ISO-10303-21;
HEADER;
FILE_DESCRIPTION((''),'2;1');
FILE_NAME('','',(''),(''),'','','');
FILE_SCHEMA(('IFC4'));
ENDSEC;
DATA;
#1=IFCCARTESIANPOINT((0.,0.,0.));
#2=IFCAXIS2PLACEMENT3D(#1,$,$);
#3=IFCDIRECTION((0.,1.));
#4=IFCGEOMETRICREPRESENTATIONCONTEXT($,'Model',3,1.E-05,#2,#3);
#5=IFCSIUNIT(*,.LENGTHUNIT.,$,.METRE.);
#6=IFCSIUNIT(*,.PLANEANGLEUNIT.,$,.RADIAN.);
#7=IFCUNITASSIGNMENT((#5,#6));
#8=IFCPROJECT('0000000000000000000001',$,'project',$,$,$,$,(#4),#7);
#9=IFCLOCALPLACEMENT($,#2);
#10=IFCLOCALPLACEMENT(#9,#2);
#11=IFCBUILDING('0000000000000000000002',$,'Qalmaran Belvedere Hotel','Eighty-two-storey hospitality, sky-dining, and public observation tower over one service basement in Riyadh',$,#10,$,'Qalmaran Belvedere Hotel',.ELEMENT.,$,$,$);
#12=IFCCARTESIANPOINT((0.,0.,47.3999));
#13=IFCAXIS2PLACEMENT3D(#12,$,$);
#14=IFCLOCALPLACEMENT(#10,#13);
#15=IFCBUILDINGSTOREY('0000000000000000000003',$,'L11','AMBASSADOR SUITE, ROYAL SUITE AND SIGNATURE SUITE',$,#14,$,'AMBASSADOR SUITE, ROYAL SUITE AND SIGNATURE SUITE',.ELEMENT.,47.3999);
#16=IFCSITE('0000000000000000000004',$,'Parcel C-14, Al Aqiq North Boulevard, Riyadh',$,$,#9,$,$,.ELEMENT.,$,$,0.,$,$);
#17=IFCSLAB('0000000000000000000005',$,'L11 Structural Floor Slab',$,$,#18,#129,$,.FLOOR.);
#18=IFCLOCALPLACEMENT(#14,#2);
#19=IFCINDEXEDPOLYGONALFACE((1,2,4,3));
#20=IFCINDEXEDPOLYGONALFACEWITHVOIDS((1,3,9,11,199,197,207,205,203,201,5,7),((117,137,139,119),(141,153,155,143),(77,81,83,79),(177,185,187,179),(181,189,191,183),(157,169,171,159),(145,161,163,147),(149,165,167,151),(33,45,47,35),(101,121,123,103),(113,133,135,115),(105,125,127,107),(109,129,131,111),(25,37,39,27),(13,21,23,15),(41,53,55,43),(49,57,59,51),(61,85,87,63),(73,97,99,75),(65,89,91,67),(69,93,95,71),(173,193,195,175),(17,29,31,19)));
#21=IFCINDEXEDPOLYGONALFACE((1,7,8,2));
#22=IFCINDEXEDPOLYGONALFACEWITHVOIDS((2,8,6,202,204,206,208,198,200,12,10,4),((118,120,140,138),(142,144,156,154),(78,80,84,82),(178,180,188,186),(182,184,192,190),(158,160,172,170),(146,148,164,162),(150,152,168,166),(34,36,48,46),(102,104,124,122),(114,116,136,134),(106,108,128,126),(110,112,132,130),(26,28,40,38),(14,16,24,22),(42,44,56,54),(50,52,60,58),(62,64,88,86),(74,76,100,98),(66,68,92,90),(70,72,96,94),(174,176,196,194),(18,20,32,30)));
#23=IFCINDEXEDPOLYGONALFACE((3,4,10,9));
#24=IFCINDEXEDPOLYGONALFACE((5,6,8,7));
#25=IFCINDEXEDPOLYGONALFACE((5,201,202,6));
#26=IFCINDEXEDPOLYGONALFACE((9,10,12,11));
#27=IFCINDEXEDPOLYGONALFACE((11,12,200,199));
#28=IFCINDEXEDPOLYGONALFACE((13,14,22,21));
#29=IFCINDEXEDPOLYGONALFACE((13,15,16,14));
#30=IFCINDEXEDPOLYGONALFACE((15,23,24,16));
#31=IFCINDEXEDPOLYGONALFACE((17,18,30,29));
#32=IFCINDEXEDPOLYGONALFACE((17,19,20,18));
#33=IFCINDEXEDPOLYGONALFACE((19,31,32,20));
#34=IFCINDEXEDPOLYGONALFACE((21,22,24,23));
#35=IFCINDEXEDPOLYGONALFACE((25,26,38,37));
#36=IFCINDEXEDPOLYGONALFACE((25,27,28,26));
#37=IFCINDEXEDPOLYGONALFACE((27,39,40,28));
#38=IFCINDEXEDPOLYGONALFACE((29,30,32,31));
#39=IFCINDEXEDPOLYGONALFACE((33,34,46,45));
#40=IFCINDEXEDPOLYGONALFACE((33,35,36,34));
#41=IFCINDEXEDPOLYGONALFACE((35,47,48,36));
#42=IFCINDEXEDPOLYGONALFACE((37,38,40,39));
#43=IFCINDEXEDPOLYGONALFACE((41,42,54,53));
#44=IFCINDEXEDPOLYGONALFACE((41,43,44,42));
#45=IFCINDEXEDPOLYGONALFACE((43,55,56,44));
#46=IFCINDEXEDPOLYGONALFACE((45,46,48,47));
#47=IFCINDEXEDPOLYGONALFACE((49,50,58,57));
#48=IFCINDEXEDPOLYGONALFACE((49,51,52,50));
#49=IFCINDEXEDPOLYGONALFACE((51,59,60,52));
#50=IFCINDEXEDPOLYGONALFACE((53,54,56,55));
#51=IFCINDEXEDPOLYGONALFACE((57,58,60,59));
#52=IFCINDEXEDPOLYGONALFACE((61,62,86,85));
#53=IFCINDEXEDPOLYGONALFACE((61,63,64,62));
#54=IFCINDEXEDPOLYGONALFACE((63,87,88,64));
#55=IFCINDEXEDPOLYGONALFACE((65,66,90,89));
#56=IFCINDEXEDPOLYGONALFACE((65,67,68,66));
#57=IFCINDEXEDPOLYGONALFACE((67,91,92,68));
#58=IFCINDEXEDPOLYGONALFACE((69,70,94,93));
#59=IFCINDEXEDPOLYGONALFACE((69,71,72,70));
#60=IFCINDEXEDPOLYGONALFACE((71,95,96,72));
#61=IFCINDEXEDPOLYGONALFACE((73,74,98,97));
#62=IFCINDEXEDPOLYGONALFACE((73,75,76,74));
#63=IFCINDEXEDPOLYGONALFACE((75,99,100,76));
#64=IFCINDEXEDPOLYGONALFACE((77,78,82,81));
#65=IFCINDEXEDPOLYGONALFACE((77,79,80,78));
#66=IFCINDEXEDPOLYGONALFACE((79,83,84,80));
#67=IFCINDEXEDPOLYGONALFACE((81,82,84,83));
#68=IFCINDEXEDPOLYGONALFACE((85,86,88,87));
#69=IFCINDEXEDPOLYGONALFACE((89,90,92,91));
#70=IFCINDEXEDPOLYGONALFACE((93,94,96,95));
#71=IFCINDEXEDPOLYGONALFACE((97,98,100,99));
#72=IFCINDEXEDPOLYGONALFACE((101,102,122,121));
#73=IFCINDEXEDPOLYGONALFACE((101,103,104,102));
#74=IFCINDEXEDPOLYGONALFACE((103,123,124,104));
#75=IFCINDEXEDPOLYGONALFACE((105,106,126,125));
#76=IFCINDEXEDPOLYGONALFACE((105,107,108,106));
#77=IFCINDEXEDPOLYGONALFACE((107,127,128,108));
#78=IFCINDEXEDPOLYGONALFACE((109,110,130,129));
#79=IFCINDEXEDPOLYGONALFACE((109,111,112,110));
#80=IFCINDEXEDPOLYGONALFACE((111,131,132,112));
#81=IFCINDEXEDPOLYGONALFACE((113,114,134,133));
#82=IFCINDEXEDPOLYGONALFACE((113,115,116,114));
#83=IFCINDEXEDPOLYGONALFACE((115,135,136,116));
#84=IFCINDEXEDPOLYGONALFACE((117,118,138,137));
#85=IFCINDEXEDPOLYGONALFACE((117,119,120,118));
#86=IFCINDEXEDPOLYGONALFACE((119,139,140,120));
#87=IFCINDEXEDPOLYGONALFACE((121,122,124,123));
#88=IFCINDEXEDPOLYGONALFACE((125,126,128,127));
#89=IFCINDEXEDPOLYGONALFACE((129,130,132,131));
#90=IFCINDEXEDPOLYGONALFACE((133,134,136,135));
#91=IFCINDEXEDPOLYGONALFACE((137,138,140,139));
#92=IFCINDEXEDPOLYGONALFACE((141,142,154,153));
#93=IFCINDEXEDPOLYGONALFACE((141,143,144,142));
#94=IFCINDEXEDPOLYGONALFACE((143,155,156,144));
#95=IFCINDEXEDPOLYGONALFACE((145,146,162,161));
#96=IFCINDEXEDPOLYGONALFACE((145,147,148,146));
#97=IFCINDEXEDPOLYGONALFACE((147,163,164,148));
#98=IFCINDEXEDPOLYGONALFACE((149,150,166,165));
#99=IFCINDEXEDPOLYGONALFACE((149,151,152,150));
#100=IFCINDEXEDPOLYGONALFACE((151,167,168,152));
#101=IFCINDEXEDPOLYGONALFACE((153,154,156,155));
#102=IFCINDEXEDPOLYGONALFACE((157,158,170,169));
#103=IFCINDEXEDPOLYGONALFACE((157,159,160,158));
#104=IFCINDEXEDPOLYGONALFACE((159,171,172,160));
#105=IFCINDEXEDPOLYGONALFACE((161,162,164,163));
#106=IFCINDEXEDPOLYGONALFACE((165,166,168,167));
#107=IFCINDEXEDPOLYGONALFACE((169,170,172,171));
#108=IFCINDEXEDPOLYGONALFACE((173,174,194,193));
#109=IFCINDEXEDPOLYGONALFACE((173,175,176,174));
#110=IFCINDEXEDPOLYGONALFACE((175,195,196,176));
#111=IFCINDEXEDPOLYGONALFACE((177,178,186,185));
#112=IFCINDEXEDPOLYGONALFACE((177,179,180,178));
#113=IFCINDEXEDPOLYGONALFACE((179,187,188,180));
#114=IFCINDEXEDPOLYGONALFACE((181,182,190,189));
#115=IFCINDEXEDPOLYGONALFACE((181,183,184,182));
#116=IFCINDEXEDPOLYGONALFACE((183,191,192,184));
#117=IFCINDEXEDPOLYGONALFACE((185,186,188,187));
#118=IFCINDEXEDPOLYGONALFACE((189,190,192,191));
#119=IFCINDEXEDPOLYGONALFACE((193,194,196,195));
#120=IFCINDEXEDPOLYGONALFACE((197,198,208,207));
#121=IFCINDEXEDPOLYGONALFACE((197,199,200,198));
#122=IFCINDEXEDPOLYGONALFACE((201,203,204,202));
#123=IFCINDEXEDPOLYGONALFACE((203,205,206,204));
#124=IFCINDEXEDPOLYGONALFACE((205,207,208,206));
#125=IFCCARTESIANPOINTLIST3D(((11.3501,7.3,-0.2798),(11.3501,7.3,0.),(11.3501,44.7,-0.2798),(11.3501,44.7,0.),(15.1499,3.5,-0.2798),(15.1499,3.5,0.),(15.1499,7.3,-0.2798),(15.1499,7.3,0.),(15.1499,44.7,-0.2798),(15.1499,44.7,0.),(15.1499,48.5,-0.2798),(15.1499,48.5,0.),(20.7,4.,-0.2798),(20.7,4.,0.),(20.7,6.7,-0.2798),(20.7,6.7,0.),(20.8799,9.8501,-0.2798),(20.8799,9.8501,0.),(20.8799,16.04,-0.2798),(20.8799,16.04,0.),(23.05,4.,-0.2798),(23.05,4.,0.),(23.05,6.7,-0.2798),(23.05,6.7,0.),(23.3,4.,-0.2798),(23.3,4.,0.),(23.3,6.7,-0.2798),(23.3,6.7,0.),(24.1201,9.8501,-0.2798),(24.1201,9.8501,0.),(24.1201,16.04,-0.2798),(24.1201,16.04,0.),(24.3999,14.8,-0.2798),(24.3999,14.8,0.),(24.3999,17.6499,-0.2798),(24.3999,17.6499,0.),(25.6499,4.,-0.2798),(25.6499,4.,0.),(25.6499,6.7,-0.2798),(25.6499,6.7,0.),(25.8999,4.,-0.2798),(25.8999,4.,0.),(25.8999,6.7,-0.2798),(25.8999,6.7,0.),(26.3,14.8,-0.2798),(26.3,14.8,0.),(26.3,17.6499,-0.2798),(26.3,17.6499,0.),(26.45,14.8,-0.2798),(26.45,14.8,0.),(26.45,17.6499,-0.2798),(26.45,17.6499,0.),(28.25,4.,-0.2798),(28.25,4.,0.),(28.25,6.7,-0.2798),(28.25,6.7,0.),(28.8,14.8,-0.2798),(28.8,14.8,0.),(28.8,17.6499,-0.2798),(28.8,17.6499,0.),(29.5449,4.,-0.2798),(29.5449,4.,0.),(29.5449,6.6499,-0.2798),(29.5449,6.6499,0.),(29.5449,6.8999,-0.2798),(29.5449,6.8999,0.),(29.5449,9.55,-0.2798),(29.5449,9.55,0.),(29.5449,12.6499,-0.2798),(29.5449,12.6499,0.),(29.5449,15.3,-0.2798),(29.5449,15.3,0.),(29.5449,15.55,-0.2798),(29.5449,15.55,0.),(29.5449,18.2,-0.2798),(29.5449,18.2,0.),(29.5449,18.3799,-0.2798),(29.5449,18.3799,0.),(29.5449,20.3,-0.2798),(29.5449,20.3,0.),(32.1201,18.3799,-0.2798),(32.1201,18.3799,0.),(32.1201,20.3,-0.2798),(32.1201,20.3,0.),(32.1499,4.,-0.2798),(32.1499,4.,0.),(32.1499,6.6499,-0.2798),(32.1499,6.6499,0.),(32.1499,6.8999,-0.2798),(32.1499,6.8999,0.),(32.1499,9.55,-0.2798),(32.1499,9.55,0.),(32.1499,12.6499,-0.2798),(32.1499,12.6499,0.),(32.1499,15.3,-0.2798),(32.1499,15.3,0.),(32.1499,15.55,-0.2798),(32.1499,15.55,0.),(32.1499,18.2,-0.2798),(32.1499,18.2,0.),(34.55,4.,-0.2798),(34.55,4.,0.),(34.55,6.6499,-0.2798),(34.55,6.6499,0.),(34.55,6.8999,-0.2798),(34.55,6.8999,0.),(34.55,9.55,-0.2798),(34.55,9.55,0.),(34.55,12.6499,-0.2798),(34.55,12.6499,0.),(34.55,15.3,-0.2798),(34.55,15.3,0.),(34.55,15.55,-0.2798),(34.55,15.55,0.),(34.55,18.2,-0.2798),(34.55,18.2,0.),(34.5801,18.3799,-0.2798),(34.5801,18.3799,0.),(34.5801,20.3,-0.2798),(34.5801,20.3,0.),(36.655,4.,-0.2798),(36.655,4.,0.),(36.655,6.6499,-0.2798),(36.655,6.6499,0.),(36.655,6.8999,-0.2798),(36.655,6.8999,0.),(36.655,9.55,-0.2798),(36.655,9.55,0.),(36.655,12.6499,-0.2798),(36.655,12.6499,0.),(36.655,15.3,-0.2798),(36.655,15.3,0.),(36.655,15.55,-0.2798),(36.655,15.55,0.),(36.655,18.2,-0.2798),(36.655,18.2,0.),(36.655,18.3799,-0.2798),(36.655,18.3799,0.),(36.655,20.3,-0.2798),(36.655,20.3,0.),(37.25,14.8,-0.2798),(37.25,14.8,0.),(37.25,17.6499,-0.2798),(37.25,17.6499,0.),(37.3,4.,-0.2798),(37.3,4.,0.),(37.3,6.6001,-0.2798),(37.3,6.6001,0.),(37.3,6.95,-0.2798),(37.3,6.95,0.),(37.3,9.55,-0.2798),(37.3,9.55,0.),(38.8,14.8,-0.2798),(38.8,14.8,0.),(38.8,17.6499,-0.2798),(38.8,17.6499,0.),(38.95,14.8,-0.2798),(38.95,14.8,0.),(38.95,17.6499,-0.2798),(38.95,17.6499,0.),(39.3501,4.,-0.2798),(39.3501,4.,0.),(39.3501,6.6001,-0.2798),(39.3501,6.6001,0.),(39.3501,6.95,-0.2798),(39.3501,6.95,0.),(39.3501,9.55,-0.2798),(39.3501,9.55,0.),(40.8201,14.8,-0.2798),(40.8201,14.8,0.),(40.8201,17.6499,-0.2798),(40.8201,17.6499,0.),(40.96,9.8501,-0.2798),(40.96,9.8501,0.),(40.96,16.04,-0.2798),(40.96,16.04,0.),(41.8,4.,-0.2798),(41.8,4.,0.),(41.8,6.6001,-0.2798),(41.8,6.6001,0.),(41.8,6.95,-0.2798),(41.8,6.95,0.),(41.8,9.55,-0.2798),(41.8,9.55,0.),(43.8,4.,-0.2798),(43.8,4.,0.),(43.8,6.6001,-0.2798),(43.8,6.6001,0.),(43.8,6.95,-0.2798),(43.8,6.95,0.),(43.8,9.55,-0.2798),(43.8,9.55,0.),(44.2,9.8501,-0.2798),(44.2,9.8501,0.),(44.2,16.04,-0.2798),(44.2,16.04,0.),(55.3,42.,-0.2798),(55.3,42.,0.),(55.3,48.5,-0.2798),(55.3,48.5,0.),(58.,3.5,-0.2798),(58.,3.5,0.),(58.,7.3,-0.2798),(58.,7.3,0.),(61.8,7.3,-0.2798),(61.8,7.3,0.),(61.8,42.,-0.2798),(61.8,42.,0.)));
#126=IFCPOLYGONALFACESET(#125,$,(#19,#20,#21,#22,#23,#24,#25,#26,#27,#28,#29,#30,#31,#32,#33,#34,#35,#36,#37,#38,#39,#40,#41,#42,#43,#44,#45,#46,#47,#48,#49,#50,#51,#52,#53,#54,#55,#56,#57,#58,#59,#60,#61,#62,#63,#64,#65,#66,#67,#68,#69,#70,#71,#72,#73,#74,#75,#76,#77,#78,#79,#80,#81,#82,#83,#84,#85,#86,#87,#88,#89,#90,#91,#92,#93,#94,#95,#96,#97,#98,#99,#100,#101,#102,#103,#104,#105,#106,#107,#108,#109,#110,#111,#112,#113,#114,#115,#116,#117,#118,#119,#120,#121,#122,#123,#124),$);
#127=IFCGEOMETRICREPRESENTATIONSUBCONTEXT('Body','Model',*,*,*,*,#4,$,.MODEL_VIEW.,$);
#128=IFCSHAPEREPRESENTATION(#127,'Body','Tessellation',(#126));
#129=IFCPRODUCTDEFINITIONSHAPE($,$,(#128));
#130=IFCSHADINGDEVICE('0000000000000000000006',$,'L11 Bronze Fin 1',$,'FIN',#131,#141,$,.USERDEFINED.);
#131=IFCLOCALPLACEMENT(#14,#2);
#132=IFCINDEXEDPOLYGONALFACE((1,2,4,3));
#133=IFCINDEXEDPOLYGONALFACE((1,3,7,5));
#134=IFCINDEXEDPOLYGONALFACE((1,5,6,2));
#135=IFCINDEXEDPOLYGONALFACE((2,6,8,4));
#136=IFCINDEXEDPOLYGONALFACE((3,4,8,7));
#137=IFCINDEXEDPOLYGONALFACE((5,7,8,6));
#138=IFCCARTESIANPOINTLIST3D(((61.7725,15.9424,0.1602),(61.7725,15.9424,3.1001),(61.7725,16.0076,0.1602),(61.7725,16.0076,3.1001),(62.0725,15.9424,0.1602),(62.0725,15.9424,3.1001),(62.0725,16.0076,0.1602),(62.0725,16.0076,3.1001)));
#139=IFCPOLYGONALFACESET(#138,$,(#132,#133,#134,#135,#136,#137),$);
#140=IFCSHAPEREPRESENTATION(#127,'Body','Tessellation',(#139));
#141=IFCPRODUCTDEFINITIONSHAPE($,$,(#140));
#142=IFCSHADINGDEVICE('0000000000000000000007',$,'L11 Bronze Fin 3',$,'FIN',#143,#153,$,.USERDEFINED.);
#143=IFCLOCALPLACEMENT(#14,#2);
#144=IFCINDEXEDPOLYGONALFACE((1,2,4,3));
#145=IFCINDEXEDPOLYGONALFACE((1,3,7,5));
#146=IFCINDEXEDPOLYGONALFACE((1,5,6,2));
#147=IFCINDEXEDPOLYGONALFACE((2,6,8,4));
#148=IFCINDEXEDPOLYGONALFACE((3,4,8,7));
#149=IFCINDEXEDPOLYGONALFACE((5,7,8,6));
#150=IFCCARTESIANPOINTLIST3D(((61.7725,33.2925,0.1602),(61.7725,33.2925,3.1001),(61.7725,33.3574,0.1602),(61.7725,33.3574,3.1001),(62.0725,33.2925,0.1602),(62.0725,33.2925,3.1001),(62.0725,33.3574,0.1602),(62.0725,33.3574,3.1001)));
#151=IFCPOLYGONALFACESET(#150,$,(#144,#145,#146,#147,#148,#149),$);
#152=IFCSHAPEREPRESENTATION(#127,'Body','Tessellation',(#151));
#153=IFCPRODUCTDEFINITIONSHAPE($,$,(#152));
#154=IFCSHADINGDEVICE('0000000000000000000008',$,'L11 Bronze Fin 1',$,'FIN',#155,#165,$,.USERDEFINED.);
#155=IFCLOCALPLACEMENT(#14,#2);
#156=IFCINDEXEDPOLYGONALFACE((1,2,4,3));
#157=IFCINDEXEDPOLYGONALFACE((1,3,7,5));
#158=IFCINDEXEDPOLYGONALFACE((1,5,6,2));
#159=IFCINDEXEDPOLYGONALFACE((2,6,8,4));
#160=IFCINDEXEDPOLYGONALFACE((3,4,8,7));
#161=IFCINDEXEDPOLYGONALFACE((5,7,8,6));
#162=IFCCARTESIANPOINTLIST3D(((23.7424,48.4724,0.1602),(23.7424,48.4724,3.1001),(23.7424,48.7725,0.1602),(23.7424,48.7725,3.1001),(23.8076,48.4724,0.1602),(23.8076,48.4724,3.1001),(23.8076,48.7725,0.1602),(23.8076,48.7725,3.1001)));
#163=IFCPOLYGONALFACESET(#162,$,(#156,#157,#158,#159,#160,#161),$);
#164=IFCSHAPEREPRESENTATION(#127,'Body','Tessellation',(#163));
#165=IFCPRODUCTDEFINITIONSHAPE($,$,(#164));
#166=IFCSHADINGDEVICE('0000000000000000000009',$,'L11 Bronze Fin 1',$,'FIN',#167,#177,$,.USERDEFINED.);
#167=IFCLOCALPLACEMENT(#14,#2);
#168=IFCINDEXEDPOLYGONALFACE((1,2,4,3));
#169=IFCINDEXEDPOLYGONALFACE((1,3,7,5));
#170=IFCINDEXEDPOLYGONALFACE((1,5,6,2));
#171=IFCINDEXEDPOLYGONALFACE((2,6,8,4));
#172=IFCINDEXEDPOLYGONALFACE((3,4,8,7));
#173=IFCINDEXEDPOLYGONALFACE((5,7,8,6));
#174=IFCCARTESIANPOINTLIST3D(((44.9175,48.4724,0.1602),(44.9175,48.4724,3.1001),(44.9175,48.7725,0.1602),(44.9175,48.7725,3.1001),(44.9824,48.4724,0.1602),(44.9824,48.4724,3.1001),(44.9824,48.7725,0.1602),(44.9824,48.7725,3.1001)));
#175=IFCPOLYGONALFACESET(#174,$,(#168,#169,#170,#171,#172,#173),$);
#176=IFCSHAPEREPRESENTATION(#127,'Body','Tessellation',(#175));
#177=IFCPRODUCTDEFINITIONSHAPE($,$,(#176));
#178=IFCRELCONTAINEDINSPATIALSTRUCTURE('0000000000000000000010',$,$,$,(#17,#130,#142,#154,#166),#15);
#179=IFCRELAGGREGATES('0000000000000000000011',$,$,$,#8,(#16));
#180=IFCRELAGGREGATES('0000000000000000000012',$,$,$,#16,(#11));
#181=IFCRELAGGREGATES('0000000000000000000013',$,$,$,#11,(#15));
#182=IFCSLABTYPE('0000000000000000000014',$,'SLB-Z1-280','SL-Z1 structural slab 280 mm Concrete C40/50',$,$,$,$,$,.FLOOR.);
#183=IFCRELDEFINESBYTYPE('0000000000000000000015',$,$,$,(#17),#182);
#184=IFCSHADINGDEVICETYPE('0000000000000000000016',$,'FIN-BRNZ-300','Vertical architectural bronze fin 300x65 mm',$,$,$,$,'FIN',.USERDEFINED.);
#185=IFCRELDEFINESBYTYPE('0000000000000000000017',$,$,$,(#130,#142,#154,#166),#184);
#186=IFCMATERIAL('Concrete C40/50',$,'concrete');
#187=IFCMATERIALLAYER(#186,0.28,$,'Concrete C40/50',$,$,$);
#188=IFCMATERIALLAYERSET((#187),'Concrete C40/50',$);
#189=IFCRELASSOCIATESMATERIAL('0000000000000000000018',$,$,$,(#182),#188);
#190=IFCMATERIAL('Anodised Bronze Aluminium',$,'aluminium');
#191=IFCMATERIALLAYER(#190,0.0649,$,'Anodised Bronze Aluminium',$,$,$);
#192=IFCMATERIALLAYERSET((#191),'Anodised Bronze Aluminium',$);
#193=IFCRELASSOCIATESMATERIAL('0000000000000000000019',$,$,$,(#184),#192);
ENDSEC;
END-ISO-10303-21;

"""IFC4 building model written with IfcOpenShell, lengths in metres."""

from ifc_helpers import new_model, si_unit, direction, frame, origin, place, context, subcontext, project, spatial, polyline, outline, extrude, material, layer, layer_set, type_object, element, save


model = new_model("IFC4")

# Units and contexts
model_context = context("Model", 3, precision=1e-05, world=origin(), true_north=direction((0.0, 1.0)))
body_context = subcontext(model_context, "Body", "Model", "MODEL_VIEW")
ifc_project = project(units=[si_unit("LENGTHUNIT", "METRE"), si_unit("PLANEANGLEUNIT", "RADIAN")], contexts=[model_context])

# Site, building, storey
site_placement = place(None, origin())
site = spatial("IfcSite", under=ifc_project, at=site_placement, Name="Parcel C-14, Al Aqiq North Boulevard, Riyadh", CompositionType="ELEMENT", RefElevation=0.0)
building_placement = place(site_placement, origin())
building = spatial("IfcBuilding", under=site, at=building_placement, Name="Qalmaran Belvedere Hotel", Description="Eighty-two-storey hospitality, sky-dining, and public observation tower over one service basement in Riyadh", LongName="Qalmaran Belvedere Hotel", CompositionType="ELEMENT")
storey_placement = place(building_placement, frame((0.0, 0.0, 47.3999)))
storey = spatial("IfcBuildingStorey", under=building, at=storey_placement, Name="L11", Description="AMBASSADOR SUITE, ROYAL SUITE AND SIGNATURE SUITE", LongName="AMBASSADOR SUITE, ROYAL SUITE AND SIGNATURE SUITE", CompositionType="ELEMENT", Elevation=47.3999)

# Shared definitions
ifc_material_1 = material(Name="Anodised Bronze Aluminium", Category="aluminium")

# Shared definitions
ifc_material_2 = material(Name="Concrete C40/50", Category="concrete")

# Slab
ifc_layer_1 = layer(ifc_material_2, 0.28, Name="Concrete C40/50")
ifc_layer_set_1 = layer_set([ifc_layer_1], Name="Concrete C40/50")
slab_type_1 = type_object("IfcSlabType", Name="SLB-Z1-280", Description="SL-Z1 structural slab 280 mm Concrete C40/50", PredefinedType="FLOOR", material=ifc_layer_set_1)
slab_1_placement = place(storey_placement, frame((0.0, 0.0, -0.2798)))
element("IfcSlab", 1, at=slab_1_placement, inside=storey, type_object=slab_type_1, Name="L11 Structural Floor Slab", PredefinedType="FLOOR", context=body_context, shape_type="SweptSolid", body=[
    extrude(outline(polyline([(15.1499, 3.5), (58.0, 3.5), (58.0, 7.3), (61.8, 7.3), (61.8, 42.0), (55.3, 42.0), (55.3, 48.5), (15.1499, 48.5), (15.1499, 44.7), (11.3501, 44.7), (11.3501, 7.3), (15.1499, 7.3), (15.1499, 3.5)]), holes=[polyline([(20.8799, 9.8501), (24.1201, 9.8501), (24.1201, 16.04), (20.8799, 16.04), (20.8799, 9.8501)]), polyline([(40.96, 9.8501), (44.2, 9.8501), (44.2, 16.04), (40.96, 16.04), (40.96, 9.8501)]), polyline([(29.5449, 4.0), (32.1499, 4.0), (32.1499, 6.6499), (29.5449, 6.6499), (29.5449, 4.0)]), polyline([(29.5449, 6.8999), (32.1499, 6.8999), (32.1499, 9.55), (29.5449, 9.55), (29.5449, 6.8999)]), polyline([(34.55, 4.0), (36.655, 4.0), (36.655, 6.6499), (34.55, 6.6499), (34.55, 4.0)]), polyline([(34.55, 6.8999), (36.655, 6.8999), (36.655, 9.55), (34.55, 9.55), (34.55, 6.8999)]), polyline([(29.5449, 12.6499), (32.1499, 12.6499), (32.1499, 15.3), (29.5449, 15.3), (29.5449, 12.6499)]), polyline([(29.5449, 15.55), (32.1499, 15.55), (32.1499, 18.2), (29.5449, 18.2), (29.5449, 15.55)]), polyline([(34.55, 12.6499), (36.655, 12.6499), (36.655, 15.3), (34.55, 15.3), (34.55, 12.6499)]), polyline([(34.55, 15.55), (36.655, 15.55), (36.655, 18.2), (34.55, 18.2), (34.55, 15.55)]), polyline([(37.3, 4.0), (39.3501, 4.0), (39.3501, 6.6001), (37.3, 6.6001), (37.3, 4.0)]), polyline([(37.3, 6.95), (39.3501, 6.95), (39.3501, 9.55), (37.3, 9.55), (37.3, 6.95)]), polyline([(41.8, 4.0), (43.8, 4.0), (43.8, 6.6001), (41.8, 6.6001), (41.8, 4.0)]), polyline([(41.8, 6.95), (43.8, 6.95), (43.8, 9.55), (41.8, 9.55), (41.8, 6.95)]), polyline([(20.7, 4.0), (23.05, 4.0), (23.05, 6.7), (20.7, 6.7), (20.7, 4.0)]), polyline([(23.3, 4.0), (25.6499, 4.0), (25.6499, 6.7), (23.3, 6.7), (23.3, 4.0)]), polyline([(25.8999, 4.0), (28.25, 4.0), (28.25, 6.7), (25.8999, 6.7), (25.8999, 4.0)]), polyline([(24.3999, 14.8), (26.3, 14.8), (26.3, 17.6499), (24.3999, 17.6499), (24.3999, 14.8)]), polyline([(38.95, 14.8), (40.8201, 14.8), (40.8201, 17.6499), (38.95, 17.6499), (38.95, 14.8)]), polyline([(26.45, 14.8), (28.8, 14.8), (28.8, 17.6499), (26.45, 17.6499), (26.45, 14.8)]), polyline([(37.25, 14.8), (38.8, 14.8), (38.8, 17.6499), (37.25, 17.6499), (37.25, 14.8)]), polyline([(29.5449, 18.3799), (32.1201, 18.3799), (32.1201, 20.3), (29.5449, 20.3), (29.5449, 18.3799)]), polyline([(34.5801, 18.3799), (36.655, 18.3799), (36.655, 20.3), (34.5801, 20.3), (34.5801, 18.3799)])]), origin(), (0.0, 0.0, 1.0), 0.2798),
])

# Shading devices
ifc_layer_2 = layer(ifc_material_1, 0.0649, Name="Anodised Bronze Aluminium")
ifc_layer_set_2 = layer_set([ifc_layer_2], Name="Anodised Bronze Aluminium")
shading_device_type = type_object("IfcShadingDeviceType", Name="FIN-BRNZ-300", Description="Vertical architectural bronze fin 300x65 mm", ElementType="FIN", PredefinedType="USERDEFINED", material=ifc_layer_set_2)
shading_device_1_placement = place(storey_placement, frame((0.0, 0.0, 0.1602)))
element("IfcShadingDevice", 2, at=shading_device_1_placement, inside=storey, type_object=shading_device_type, Name="L11 Bronze Fin 1", ObjectType="FIN", PredefinedType="USERDEFINED", context=body_context, shape_type="SweptSolid", body=[
    extrude(outline(polyline([(61.7725, 15.9424), (62.0725, 15.9424), (62.0725, 16.0076), (61.7725, 16.0076), (61.7725, 15.9424)])), origin(), (0.0, 0.0, 1.0), 2.9399),
])
shading_device_2_placement = place(storey_placement, frame((0.0, 0.0, 0.1602)))
element("IfcShadingDevice", 3, at=shading_device_2_placement, inside=storey, type_object=shading_device_type, Name="L11 Bronze Fin 3", ObjectType="FIN", PredefinedType="USERDEFINED", context=body_context, shape_type="SweptSolid", body=[
    extrude(outline(polyline([(61.7725, 33.2925), (62.0725, 33.2925), (62.0725, 33.3574), (61.7725, 33.3574), (61.7725, 33.2925)])), origin(), (0.0, 0.0, 1.0), 2.9399),
])
shading_device_3_placement = place(storey_placement, frame((0.0, 0.0, 0.1602)))
element("IfcShadingDevice", 4, at=shading_device_3_placement, inside=storey, type_object=shading_device_type, Name="L11 Bronze Fin 1", ObjectType="FIN", PredefinedType="USERDEFINED", context=body_context, shape_type="SweptSolid", body=[
    extrude(outline(polyline([(23.8076, 48.4724), (23.8076, 48.7725), (23.7424, 48.7725), (23.7424, 48.4724), (23.8076, 48.4724)])), origin(), (0.0, 0.0, 1.0), 2.9399),
])
shading_device_4_placement = place(storey_placement, frame((0.0, 0.0, 0.1602)))
element("IfcShadingDevice", 5, at=shading_device_4_placement, inside=storey, type_object=shading_device_type, Name="L11 Bronze Fin 1", ObjectType="FIN", PredefinedType="USERDEFINED", context=body_context, shape_type="SweptSolid", body=[
    extrude(outline(polyline([(44.9824, 48.4724), (44.9824, 48.7725), (44.9175, 48.7725), (44.9175, 48.4724), (44.9824, 48.4724)])), origin(), (0.0, 0.0, 1.0), 2.9399),
])

save(model, "model.ifc")
